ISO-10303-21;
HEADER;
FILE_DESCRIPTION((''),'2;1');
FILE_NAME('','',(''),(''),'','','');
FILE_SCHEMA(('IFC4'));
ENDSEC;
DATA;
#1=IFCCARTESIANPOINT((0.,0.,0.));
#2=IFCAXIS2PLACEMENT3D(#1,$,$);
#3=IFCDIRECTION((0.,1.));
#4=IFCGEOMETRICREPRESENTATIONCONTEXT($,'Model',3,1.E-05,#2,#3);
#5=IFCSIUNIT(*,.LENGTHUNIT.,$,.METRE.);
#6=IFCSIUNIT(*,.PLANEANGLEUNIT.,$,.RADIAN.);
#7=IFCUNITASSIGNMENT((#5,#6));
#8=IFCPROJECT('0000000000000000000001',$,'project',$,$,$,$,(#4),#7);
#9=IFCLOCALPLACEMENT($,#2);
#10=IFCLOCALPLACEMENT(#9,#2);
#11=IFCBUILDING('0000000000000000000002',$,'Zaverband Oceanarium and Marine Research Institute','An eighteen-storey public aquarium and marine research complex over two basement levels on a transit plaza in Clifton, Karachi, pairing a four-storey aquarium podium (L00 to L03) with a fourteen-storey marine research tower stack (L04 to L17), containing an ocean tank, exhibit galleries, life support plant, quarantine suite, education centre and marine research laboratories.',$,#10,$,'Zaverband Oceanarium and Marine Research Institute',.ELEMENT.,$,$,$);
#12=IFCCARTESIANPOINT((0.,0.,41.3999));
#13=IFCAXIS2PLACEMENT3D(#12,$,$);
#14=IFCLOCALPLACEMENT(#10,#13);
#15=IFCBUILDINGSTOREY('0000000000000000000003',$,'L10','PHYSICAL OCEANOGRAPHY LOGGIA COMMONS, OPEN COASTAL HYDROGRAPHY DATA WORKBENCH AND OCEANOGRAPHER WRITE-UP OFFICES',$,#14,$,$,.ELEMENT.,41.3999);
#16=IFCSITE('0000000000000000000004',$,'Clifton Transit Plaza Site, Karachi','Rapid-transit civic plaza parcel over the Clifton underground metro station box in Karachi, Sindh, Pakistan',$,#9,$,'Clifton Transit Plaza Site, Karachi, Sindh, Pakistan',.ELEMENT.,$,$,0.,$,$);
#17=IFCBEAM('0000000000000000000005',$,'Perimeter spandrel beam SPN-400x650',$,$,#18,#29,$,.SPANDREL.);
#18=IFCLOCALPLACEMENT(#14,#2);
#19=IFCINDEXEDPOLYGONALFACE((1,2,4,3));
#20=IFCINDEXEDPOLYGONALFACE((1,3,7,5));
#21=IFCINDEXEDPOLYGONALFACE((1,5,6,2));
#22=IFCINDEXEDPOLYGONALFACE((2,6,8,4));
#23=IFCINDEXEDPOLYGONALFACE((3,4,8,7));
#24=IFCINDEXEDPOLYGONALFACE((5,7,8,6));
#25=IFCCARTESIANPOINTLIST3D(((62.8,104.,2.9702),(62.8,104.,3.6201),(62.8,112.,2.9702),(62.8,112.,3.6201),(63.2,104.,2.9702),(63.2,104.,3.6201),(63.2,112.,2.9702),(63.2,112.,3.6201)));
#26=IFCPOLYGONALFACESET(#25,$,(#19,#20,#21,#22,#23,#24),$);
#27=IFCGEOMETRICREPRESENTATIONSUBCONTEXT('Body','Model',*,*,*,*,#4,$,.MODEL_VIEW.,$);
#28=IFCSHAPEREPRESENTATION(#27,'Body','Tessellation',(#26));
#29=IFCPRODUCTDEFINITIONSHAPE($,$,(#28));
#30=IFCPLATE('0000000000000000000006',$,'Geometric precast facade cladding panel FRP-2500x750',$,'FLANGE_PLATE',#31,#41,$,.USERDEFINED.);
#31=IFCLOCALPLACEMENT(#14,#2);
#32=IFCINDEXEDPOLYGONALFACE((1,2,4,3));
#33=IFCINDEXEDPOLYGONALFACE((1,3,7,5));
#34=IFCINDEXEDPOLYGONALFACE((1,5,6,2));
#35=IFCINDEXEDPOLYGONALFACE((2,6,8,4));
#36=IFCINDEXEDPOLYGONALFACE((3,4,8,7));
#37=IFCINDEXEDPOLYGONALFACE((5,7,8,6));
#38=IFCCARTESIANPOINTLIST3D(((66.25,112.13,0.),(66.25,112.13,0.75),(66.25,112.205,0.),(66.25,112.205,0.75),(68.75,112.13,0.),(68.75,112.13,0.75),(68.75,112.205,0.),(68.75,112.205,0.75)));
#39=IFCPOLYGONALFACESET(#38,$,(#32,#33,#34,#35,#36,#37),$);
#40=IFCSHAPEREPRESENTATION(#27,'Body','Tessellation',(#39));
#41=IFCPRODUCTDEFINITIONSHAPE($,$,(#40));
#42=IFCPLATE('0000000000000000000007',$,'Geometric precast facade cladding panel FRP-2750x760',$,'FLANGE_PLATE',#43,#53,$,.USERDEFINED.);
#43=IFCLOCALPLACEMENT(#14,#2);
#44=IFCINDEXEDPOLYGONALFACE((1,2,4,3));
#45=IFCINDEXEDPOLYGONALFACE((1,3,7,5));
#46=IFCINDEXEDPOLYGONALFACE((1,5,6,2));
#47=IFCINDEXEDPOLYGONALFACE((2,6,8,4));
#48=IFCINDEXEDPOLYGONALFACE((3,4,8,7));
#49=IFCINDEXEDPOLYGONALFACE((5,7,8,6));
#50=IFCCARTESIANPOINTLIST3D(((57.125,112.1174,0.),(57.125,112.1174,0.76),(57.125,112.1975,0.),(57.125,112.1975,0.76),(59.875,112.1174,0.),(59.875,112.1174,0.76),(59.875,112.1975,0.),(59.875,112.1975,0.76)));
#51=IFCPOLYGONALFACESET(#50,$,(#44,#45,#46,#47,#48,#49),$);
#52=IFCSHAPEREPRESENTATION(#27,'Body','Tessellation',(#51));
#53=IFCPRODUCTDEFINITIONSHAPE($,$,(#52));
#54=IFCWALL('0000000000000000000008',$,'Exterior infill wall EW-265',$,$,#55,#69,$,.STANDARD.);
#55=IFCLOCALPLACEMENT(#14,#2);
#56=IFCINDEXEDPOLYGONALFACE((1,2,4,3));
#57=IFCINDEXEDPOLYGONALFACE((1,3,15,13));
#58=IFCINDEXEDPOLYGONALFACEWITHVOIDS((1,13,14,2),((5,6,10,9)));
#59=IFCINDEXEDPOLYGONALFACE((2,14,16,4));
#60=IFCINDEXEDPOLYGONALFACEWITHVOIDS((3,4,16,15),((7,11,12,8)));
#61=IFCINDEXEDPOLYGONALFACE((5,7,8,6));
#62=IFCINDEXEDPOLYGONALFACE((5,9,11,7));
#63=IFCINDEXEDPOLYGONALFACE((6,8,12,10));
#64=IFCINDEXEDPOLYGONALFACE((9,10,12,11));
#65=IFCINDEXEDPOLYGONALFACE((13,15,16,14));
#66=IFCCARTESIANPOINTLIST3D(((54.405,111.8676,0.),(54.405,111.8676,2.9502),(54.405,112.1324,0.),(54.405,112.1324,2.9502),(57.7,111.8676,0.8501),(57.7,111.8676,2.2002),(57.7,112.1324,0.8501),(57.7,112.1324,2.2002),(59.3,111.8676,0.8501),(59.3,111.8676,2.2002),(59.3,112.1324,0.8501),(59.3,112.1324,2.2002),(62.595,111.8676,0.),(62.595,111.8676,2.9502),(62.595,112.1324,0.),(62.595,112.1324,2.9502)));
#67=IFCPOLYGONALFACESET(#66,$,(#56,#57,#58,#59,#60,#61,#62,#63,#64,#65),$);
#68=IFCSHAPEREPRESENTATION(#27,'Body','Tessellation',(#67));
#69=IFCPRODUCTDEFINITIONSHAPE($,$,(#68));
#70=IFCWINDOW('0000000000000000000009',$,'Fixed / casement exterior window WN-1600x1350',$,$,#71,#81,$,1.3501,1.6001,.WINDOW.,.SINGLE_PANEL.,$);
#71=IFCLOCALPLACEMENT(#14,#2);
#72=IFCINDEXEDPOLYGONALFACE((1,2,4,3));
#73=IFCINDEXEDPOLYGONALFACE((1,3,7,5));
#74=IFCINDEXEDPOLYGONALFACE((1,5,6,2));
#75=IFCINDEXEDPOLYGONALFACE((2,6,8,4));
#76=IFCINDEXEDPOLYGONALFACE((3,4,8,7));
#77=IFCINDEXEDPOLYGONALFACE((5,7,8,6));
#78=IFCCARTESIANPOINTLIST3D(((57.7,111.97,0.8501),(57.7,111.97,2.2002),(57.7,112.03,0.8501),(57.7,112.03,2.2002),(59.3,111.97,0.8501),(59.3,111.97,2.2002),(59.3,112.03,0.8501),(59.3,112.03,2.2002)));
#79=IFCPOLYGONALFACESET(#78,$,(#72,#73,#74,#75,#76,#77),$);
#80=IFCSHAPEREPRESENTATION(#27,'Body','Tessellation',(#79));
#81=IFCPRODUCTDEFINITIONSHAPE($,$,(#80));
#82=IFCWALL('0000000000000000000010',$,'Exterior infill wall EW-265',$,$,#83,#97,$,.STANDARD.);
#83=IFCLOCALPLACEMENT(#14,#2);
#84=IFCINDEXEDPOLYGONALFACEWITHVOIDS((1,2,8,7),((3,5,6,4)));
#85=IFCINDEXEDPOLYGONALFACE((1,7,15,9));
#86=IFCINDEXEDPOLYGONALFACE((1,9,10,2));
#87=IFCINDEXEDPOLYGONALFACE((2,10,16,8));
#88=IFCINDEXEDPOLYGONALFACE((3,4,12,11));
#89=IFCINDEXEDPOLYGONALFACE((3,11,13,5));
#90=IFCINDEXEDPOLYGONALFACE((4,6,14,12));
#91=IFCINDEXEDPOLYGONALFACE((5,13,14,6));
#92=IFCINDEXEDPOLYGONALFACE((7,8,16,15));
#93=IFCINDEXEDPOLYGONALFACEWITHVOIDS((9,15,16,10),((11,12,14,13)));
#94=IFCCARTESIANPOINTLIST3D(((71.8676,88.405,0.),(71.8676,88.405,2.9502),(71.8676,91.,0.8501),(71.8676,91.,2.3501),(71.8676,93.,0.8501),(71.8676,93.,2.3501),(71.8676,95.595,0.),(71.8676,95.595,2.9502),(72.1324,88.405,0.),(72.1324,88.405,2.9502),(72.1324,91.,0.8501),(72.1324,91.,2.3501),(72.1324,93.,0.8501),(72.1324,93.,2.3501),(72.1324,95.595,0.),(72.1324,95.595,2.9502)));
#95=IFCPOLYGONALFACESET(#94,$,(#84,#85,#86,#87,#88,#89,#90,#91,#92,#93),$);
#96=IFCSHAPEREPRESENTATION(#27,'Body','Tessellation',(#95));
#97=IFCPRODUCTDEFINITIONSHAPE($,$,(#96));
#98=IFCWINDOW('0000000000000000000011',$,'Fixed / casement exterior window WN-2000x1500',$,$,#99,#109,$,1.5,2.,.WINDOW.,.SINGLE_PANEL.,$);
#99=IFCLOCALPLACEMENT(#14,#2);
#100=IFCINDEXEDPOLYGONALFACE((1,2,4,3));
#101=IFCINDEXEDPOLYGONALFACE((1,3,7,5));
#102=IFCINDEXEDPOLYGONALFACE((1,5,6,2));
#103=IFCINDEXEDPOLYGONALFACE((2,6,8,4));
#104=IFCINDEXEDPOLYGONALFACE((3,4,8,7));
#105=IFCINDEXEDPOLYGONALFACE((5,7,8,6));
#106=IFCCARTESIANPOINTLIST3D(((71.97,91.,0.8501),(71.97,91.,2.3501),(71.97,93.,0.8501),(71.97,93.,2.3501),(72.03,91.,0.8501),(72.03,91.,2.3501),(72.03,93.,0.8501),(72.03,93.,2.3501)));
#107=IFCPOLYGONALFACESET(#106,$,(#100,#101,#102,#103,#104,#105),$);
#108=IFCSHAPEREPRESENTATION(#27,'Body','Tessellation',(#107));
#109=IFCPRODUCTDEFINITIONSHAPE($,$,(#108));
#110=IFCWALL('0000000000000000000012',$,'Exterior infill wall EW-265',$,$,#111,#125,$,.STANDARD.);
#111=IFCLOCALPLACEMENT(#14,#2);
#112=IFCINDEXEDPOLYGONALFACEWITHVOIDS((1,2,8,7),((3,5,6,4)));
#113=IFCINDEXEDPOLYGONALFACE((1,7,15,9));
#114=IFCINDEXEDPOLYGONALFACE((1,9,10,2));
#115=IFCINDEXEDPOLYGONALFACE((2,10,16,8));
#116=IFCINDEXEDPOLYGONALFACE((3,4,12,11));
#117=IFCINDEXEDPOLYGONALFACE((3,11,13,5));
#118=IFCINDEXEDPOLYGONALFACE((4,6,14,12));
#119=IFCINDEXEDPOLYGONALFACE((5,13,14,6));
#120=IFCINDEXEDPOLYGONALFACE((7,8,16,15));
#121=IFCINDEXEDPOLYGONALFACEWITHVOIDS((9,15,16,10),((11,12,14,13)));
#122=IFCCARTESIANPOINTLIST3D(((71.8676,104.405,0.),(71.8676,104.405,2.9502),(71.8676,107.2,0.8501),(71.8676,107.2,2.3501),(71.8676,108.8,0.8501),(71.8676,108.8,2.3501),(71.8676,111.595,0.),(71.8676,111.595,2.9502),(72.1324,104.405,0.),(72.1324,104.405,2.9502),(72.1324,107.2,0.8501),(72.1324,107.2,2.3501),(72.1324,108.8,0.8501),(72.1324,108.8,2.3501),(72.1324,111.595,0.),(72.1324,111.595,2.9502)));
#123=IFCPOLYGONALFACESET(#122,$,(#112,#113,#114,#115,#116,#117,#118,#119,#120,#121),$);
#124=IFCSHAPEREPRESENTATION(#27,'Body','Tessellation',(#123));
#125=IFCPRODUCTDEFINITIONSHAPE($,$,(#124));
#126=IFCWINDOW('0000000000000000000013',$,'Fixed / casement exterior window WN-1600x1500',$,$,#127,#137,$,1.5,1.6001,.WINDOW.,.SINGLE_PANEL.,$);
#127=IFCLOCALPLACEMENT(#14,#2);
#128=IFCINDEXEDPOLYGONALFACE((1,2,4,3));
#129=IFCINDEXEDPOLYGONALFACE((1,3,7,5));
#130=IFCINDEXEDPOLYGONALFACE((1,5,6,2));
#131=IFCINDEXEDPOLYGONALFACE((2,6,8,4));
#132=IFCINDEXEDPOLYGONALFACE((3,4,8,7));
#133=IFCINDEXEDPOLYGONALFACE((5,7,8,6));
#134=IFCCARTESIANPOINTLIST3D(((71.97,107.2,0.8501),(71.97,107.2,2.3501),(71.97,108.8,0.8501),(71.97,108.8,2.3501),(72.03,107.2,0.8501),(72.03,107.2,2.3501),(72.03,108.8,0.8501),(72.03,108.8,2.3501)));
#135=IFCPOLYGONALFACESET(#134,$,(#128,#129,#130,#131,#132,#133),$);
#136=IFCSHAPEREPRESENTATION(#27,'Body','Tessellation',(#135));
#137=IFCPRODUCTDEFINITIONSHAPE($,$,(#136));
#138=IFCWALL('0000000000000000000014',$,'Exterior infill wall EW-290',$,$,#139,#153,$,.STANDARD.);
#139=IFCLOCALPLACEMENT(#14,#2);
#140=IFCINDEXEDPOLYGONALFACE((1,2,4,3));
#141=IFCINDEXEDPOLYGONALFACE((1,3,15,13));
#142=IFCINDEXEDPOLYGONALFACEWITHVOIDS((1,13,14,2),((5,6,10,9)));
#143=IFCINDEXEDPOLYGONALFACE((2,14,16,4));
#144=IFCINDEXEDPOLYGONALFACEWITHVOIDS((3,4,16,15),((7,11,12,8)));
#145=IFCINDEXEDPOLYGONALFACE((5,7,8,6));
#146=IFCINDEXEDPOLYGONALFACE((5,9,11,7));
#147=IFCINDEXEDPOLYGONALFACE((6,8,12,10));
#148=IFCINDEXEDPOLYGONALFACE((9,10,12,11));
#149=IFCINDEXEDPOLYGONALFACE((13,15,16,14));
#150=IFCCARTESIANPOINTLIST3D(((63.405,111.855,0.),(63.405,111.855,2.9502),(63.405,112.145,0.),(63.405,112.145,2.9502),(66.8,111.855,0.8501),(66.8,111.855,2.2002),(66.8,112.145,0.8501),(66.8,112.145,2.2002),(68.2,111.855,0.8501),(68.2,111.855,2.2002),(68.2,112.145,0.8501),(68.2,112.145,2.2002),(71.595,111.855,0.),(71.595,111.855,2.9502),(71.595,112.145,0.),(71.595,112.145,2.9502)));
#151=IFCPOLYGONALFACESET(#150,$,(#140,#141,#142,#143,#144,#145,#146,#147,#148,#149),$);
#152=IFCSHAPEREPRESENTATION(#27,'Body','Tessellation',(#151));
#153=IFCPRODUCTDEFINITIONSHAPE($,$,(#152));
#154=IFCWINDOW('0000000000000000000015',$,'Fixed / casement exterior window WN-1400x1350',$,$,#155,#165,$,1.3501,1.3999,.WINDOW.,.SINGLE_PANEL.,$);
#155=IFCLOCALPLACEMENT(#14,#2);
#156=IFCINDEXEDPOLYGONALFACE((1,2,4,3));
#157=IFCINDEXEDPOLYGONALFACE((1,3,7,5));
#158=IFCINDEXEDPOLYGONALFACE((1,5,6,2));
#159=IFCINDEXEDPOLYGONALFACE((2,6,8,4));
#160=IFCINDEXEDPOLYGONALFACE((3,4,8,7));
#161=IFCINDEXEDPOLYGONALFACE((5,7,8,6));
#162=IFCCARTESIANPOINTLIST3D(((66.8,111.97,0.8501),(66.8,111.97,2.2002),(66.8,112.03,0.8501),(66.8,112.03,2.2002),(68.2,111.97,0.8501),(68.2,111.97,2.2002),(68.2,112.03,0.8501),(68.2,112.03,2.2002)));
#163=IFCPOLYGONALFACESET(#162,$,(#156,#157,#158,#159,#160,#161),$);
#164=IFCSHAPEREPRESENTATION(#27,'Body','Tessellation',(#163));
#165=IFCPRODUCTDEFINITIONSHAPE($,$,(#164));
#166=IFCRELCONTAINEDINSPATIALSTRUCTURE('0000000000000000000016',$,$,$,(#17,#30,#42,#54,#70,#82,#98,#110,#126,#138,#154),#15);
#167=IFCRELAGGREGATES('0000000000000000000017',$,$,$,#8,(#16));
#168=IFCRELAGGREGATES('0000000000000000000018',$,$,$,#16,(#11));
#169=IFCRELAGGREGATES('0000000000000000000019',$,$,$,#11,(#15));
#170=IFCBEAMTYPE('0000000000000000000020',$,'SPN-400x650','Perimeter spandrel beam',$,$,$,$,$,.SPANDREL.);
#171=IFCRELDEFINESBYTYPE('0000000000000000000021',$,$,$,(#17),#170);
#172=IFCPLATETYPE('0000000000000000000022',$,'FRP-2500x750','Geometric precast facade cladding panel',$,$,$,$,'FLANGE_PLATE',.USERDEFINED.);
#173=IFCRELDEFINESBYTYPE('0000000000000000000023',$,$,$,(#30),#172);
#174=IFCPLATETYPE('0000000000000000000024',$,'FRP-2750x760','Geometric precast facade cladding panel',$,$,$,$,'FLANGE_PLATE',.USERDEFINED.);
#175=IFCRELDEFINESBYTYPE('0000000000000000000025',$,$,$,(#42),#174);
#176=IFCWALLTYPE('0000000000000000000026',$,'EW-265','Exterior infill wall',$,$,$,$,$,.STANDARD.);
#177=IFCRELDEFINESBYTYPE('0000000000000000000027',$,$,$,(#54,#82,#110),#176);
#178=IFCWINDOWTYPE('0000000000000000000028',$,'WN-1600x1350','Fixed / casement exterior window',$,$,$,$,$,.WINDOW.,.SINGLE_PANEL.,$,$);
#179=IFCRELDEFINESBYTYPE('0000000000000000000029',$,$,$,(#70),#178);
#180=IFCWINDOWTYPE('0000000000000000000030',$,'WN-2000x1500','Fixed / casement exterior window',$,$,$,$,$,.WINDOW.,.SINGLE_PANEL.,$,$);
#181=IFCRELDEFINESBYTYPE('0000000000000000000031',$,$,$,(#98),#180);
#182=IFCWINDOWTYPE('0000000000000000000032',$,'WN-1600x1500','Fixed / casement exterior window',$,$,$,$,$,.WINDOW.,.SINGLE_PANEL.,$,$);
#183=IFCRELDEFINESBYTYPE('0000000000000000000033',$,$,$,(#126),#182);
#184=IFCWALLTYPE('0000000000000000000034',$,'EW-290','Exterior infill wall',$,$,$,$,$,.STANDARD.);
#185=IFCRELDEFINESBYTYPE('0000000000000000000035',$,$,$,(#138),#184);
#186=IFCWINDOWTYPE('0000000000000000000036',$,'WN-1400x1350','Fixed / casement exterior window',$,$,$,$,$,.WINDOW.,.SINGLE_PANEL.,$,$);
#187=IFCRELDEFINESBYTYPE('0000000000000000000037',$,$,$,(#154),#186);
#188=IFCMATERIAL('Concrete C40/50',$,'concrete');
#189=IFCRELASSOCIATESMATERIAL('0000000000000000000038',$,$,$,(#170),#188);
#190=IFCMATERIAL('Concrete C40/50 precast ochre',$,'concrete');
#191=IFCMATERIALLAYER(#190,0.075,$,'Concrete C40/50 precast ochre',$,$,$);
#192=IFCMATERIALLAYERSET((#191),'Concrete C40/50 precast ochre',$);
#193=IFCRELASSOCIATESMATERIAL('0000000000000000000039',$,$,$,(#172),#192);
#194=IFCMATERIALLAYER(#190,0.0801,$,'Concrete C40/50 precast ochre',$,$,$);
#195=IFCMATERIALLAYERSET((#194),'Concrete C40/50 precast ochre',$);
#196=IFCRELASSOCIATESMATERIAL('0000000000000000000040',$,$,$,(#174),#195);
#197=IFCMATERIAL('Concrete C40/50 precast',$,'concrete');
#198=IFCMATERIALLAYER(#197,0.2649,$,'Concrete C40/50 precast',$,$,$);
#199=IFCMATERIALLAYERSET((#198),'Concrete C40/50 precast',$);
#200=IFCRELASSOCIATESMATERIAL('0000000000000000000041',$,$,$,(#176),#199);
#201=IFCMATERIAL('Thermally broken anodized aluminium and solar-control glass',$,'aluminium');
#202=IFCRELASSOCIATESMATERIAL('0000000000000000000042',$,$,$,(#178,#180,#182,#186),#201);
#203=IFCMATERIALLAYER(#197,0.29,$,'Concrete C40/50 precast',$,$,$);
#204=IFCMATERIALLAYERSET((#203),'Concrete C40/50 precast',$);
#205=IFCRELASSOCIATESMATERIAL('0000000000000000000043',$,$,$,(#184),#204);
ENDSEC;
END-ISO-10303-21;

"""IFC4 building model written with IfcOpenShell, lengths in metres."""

from ifc_helpers import new_model, si_unit, direction, frame, frame_2d, origin, origin_2d, place, context, subcontext, project, spatial, rectangle, extrude, material, layer, layer_set, material_profile, profile_set, type_object, element, fill, save


model = new_model("IFC4")

# Units and contexts
model_context = context("Model", 3, precision=1e-05, world=origin(), true_north=direction((0.0, 1.0)))
body_context = subcontext(model_context, "Body", "Model", "MODEL_VIEW")
ifc_project = project(units=[si_unit("LENGTHUNIT", "METRE"), si_unit("PLANEANGLEUNIT", "RADIAN")], contexts=[model_context])

# Site, building, storey
site_placement = place(None, origin())
site = spatial("IfcSite", under=ifc_project, at=site_placement, Name="Clifton Transit Plaza Site, Karachi", Description="Rapid-transit civic plaza parcel over the Clifton underground metro station box in Karachi, Sindh, Pakistan", LongName="Clifton Transit Plaza Site, Karachi, Sindh, Pakistan", CompositionType="ELEMENT", RefElevation=0.0)
building_placement = place(site_placement, origin())
building = spatial("IfcBuilding", under=site, at=building_placement, Name="Zaverband Oceanarium and Marine Research Institute", Description="An eighteen-storey public aquarium and marine research complex over two basement levels on a transit plaza in Clifton, Karachi, pairing a four-storey aquarium podium (L00 to L03) with a fourteen-storey marine research tower stack (L04 to L17), containing an ocean tank, exhibit galleries, life support plant, quarantine suite, education centre and marine research laboratories.", LongName="Zaverband Oceanarium and Marine Research Institute", CompositionType="ELEMENT")
storey_placement = place(building_placement, frame((0.0, 0.0, 41.3999)))
storey = spatial("IfcBuildingStorey", under=building, at=storey_placement, Name="L10", Description="PHYSICAL OCEANOGRAPHY LOGGIA COMMONS, OPEN COASTAL HYDROGRAPHY DATA WORKBENCH AND OCEANOGRAPHER WRITE-UP OFFICES", CompositionType="ELEMENT", Elevation=41.3999)

# Beam
ifc_material_1 = material(Name="Concrete C40/50", Category="concrete")
ifc_material_profile_1 = material_profile(ifc_material_1, rectangle(XDim=0.3999, YDim=0.6499, at=origin_2d()), Name="RC400x650")
ifc_profile_set_1 = profile_set([ifc_material_profile_1], Name="Concrete C40/50")
beam_type_1 = type_object("IfcBeamType", Name="SPN-400x650", Description="Perimeter spandrel beam", PredefinedType="SPANDREL", material=ifc_profile_set_1)
for number, where, z_axis, x_axis, name in (
    (1, (63.0, 104.0, 3.2952), (0.0, 1.0, 0.0), (-1.0, 0.0, 0.0), "Perimeter spandrel beam SPN-400x650"),
):
    element("IfcBeam", number, at=place(storey_placement, frame(where, z_axis=z_axis, x_axis=x_axis)), inside=storey, type_object=beam_type_1, Name=name, PredefinedType="SPANDREL", context=body_context, shape_type="SweptSolid", body=[
        extrude(rectangle(XDim=0.3999, YDim=0.6499, at=origin_2d()), origin(), (0.0, 0.0, 1.0), 8.0),
    ])

# Plates
ifc_material_2 = material(Name="Concrete C40/50 precast ochre", Category="concrete")
ifc_layer_1 = layer(ifc_material_2, 0.075, Name="Concrete C40/50 precast ochre")
ifc_layer_set_1 = layer_set([ifc_layer_1], Name="Concrete C40/50 precast ochre")
plate_type_1 = type_object("IfcPlateType", Name="FRP-2500x750", Description="Geometric precast facade cladding panel", ElementType="FLANGE_PLATE", PredefinedType="USERDEFINED", material=ifc_layer_set_1)
plate_1_placement = place(storey_placement, frame((66.25, 112.1675, 0.0), z_axis=(0.0, 0.0, 1.0), x_axis=(1.0, 0.0, 0.0)))
element("IfcPlate", 2, at=plate_1_placement, inside=storey, type_object=plate_type_1, Name="Geometric precast facade cladding panel FRP-2500x750", ObjectType="FLANGE_PLATE", PredefinedType="USERDEFINED", context=body_context, shape_type="SweptSolid", body=[
    extrude(rectangle(XDim=2.5, YDim=0.075, at=frame_2d((1.25, 0.0))), origin(), (0.0, 0.0, 1.0), 0.75),
])
ifc_layer_2 = layer(ifc_material_2, 0.0801, Name="Concrete C40/50 precast ochre")
ifc_layer_set_2 = layer_set([ifc_layer_2], Name="Concrete C40/50 precast ochre")
plate_type_2 = type_object("IfcPlateType", Name="FRP-2750x760", Description="Geometric precast facade cladding panel", ElementType="FLANGE_PLATE", PredefinedType="USERDEFINED", material=ifc_layer_set_2)
plate_2_placement = place(storey_placement, frame((57.125, 112.1575, 0.0), z_axis=(0.0, 0.0, 1.0), x_axis=(1.0, 0.0, 0.0)))
element("IfcPlate", 3, at=plate_2_placement, inside=storey, type_object=plate_type_2, Name="Geometric precast facade cladding panel FRP-2750x760", ObjectType="FLANGE_PLATE", PredefinedType="USERDEFINED", context=body_context, shape_type="SweptSolid", body=[
    extrude(rectangle(XDim=2.75, YDim=0.0801, at=frame_2d((1.375, 0.0))), origin(), (0.0, 0.0, 1.0), 0.76),
])

# Walls, openings, windows
ifc_material_3 = material(Name="Concrete C40/50 precast", Category="concrete")
ifc_layer_3 = layer(ifc_material_3, 0.2649, Name="Concrete C40/50 precast")
ifc_layer_set_3 = layer_set([ifc_layer_3], Name="Concrete C40/50 precast")
wall_type_1 = type_object("IfcWallType", Name="EW-265", Description="Exterior infill wall", PredefinedType="STANDARD", material=ifc_layer_set_3)
wall_1_placement = place(storey_placement, frame((54.405, 112.0, 0.0), z_axis=(0.0, 0.0, 1.0), x_axis=(1.0, 0.0, 0.0)))
wall_1 = element("IfcWall", 4, at=wall_1_placement, inside=storey, type_object=wall_type_1, Name="Exterior infill wall EW-265", PredefinedType="STANDARD", context=body_context, shape_type="SweptSolid", body=[
    extrude(rectangle(XDim=8.1899, YDim=0.2649, at=frame_2d((4.095, 0.0))), origin(), (0.0, 0.0, 1.0), 2.9502),
])
opening_1_placement = place(wall_1_placement, frame((3.2949, 0.0, 0.8501)))
opening_1 = element("IfcOpeningElement", 5, at=opening_1_placement, cuts=wall_1, PredefinedType="OPENING", context=body_context, shape_type="SweptSolid", body=[
    extrude(rectangle(XDim=1.6001, YDim=1.3501, at=frame_2d((0.8, 0.675))), frame((0.0, 0.1445, 0.0), z_axis=(0.0, -1.0, 0.0), x_axis=(1.0, 0.0, 0.0)), (0.0, 0.0, 1.0), 0.2888),
])
ifc_material_4 = material(Name="Thermally broken anodized aluminium and solar-control glass", Category="aluminium")
window_type_1 = type_object("IfcWindowType", Name="WN-1600x1350", Description="Fixed / casement exterior window", PartitioningType="SINGLE_PANEL", PredefinedType="WINDOW", material=ifc_material_4)
window_1_placement = place(opening_1_placement, origin())
window_1 = element("IfcWindow", 6, at=window_1_placement, inside=storey, type_object=window_type_1, Name="Fixed / casement exterior window WN-1600x1350", OverallHeight=1.3501, OverallWidth=1.6001, PartitioningType="SINGLE_PANEL", PredefinedType="WINDOW", context=body_context, shape_type="SweptSolid", body=[
    extrude(rectangle(XDim=1.6001, YDim=1.3501, at=frame_2d((0.8, 0.675))), frame((0.0, 0.03, 0.0), z_axis=(0.0, -1.0, 0.0), x_axis=(1.0, 0.0, 0.0)), (0.0, 0.0, 1.0), 0.0601),
])
fill(opening_1, window_1)
wall_2_placement = place(storey_placement, frame((72.0, 88.405, 0.0), z_axis=(0.0, 0.0, 1.0), x_axis=(0.0, 1.0, 0.0)))
wall_2 = element("IfcWall", 7, at=wall_2_placement, inside=storey, type_object=wall_type_1, Name="Exterior infill wall EW-265", PredefinedType="STANDARD", context=body_context, shape_type="SweptSolid", body=[
    extrude(rectangle(XDim=7.1899, YDim=0.2649, at=frame_2d((3.595, 0.0))), origin(), (0.0, 0.0, 1.0), 2.9502),
])
opening_2_placement = place(wall_2_placement, frame((2.595, 0.0, 0.8501)))
opening_2 = element("IfcOpeningElement", 8, at=opening_2_placement, cuts=wall_2, PredefinedType="OPENING", context=body_context, shape_type="SweptSolid", body=[
    extrude(rectangle(XDim=2.0, YDim=1.5, at=frame_2d((1.0, 0.75))), frame((0.0, 0.1445, 0.0), z_axis=(0.0, -1.0, 0.0), x_axis=(1.0, 0.0, 0.0)), (0.0, 0.0, 1.0), 0.2888),
])
window_type_2 = type_object("IfcWindowType", Name="WN-2000x1500", Description="Fixed / casement exterior window", PartitioningType="SINGLE_PANEL", PredefinedType="WINDOW", material=ifc_material_4)
window_2_placement = place(opening_2_placement, origin())
window_2 = element("IfcWindow", 9, at=window_2_placement, inside=storey, type_object=window_type_2, Name="Fixed / casement exterior window WN-2000x1500", OverallHeight=1.5, OverallWidth=2.0, PartitioningType="SINGLE_PANEL", PredefinedType="WINDOW", context=body_context, shape_type="SweptSolid", body=[
    extrude(rectangle(XDim=2.0, YDim=1.5, at=frame_2d((1.0, 0.75))), frame((0.0, 0.03, 0.0), z_axis=(0.0, -1.0, 0.0), x_axis=(1.0, 0.0, 0.0)), (0.0, 0.0, 1.0), 0.0601),
])
fill(opening_2, window_2)
wall_3_placement = place(storey_placement, frame((72.0, 104.405, 0.0), z_axis=(0.0, 0.0, 1.0), x_axis=(0.0, 1.0, 0.0)))
wall_3 = element("IfcWall", 10, at=wall_3_placement, inside=storey, type_object=wall_type_1, Name="Exterior infill wall EW-265", PredefinedType="STANDARD", context=body_context, shape_type="SweptSolid", body=[
    extrude(rectangle(XDim=7.1899, YDim=0.2649, at=frame_2d((3.595, 0.0))), origin(), (0.0, 0.0, 1.0), 2.9502),
])
opening_3_placement = place(wall_3_placement, frame((2.7949, 0.0, 0.8501)))
opening_3 = element("IfcOpeningElement", 11, at=opening_3_placement, cuts=wall_3, PredefinedType="OPENING", context=body_context, shape_type="SweptSolid", body=[
    extrude(rectangle(XDim=1.6001, YDim=1.5, at=frame_2d((0.8, 0.75))), frame((0.0, 0.1445, 0.0), z_axis=(0.0, -1.0, 0.0), x_axis=(1.0, 0.0, 0.0)), (0.0, 0.0, 1.0), 0.2888),
])
window_type_3 = type_object("IfcWindowType", Name="WN-1600x1500", Description="Fixed / casement exterior window", PartitioningType="SINGLE_PANEL", PredefinedType="WINDOW", material=ifc_material_4)
window_3_placement = place(opening_3_placement, origin())
window_3 = element("IfcWindow", 12, at=window_3_placement, inside=storey, type_object=window_type_3, Name="Fixed / casement exterior window WN-1600x1500", OverallHeight=1.5, OverallWidth=1.6001, PartitioningType="SINGLE_PANEL", PredefinedType="WINDOW", context=body_context, shape_type="SweptSolid", body=[
    extrude(rectangle(XDim=1.6001, YDim=1.5, at=frame_2d((0.8, 0.75))), frame((0.0, 0.03, 0.0), z_axis=(0.0, -1.0, 0.0), x_axis=(1.0, 0.0, 0.0)), (0.0, 0.0, 1.0), 0.0601),
])
fill(opening_3, window_3)
ifc_layer_4 = layer(ifc_material_3, 0.29, Name="Concrete C40/50 precast")
ifc_layer_set_4 = layer_set([ifc_layer_4], Name="Concrete C40/50 precast")
wall_type_2 = type_object("IfcWallType", Name="EW-290", Description="Exterior infill wall", PredefinedType="STANDARD", material=ifc_layer_set_4)
wall_4_placement = place(storey_placement, frame((63.405, 112.0, 0.0), z_axis=(0.0, 0.0, 1.0), x_axis=(1.0, 0.0, 0.0)))
wall_4 = element("IfcWall", 13, at=wall_4_placement, inside=storey, type_object=wall_type_2, Name="Exterior infill wall EW-290", PredefinedType="STANDARD", context=body_context, shape_type="SweptSolid", body=[
    extrude(rectangle(XDim=8.1899, YDim=0.29, at=frame_2d((4.095, 0.0))), origin(), (0.0, 0.0, 1.0), 2.9502),
])
opening_4_placement = place(wall_4_placement, frame((3.395, 0.0, 0.8501)))
opening_4 = element("IfcOpeningElement", 14, at=opening_4_placement, cuts=wall_4, PredefinedType="OPENING", context=body_context, shape_type="SweptSolid", body=[
    extrude(rectangle(XDim=1.3999, YDim=1.3501, at=frame_2d((0.7, 0.675))), frame((0.0, 0.157, 0.0), z_axis=(0.0, -1.0, 0.0), x_axis=(1.0, 0.0, 0.0)), (0.0, 0.0, 1.0), 0.314),
])
window_type_4 = type_object("IfcWindowType", Name="WN-1400x1350", Description="Fixed / casement exterior window", PartitioningType="SINGLE_PANEL", PredefinedType="WINDOW", material=ifc_material_4)
window_4_placement = place(opening_4_placement, origin())
window_4 = element("IfcWindow", 15, at=window_4_placement, inside=storey, type_object=window_type_4, Name="Fixed / casement exterior window WN-1400x1350", OverallHeight=1.3501, OverallWidth=1.3999, PartitioningType="SINGLE_PANEL", PredefinedType="WINDOW", context=body_context, shape_type="SweptSolid", body=[
    extrude(rectangle(XDim=1.3999, YDim=1.3501, at=frame_2d((0.7, 0.675))), frame((0.0, 0.03, 0.0), z_axis=(0.0, -1.0, 0.0), x_axis=(1.0, 0.0, 0.0)), (0.0, 0.0, 1.0), 0.0601),
])
fill(opening_4, window_4)

save(model, "model.ifc")
